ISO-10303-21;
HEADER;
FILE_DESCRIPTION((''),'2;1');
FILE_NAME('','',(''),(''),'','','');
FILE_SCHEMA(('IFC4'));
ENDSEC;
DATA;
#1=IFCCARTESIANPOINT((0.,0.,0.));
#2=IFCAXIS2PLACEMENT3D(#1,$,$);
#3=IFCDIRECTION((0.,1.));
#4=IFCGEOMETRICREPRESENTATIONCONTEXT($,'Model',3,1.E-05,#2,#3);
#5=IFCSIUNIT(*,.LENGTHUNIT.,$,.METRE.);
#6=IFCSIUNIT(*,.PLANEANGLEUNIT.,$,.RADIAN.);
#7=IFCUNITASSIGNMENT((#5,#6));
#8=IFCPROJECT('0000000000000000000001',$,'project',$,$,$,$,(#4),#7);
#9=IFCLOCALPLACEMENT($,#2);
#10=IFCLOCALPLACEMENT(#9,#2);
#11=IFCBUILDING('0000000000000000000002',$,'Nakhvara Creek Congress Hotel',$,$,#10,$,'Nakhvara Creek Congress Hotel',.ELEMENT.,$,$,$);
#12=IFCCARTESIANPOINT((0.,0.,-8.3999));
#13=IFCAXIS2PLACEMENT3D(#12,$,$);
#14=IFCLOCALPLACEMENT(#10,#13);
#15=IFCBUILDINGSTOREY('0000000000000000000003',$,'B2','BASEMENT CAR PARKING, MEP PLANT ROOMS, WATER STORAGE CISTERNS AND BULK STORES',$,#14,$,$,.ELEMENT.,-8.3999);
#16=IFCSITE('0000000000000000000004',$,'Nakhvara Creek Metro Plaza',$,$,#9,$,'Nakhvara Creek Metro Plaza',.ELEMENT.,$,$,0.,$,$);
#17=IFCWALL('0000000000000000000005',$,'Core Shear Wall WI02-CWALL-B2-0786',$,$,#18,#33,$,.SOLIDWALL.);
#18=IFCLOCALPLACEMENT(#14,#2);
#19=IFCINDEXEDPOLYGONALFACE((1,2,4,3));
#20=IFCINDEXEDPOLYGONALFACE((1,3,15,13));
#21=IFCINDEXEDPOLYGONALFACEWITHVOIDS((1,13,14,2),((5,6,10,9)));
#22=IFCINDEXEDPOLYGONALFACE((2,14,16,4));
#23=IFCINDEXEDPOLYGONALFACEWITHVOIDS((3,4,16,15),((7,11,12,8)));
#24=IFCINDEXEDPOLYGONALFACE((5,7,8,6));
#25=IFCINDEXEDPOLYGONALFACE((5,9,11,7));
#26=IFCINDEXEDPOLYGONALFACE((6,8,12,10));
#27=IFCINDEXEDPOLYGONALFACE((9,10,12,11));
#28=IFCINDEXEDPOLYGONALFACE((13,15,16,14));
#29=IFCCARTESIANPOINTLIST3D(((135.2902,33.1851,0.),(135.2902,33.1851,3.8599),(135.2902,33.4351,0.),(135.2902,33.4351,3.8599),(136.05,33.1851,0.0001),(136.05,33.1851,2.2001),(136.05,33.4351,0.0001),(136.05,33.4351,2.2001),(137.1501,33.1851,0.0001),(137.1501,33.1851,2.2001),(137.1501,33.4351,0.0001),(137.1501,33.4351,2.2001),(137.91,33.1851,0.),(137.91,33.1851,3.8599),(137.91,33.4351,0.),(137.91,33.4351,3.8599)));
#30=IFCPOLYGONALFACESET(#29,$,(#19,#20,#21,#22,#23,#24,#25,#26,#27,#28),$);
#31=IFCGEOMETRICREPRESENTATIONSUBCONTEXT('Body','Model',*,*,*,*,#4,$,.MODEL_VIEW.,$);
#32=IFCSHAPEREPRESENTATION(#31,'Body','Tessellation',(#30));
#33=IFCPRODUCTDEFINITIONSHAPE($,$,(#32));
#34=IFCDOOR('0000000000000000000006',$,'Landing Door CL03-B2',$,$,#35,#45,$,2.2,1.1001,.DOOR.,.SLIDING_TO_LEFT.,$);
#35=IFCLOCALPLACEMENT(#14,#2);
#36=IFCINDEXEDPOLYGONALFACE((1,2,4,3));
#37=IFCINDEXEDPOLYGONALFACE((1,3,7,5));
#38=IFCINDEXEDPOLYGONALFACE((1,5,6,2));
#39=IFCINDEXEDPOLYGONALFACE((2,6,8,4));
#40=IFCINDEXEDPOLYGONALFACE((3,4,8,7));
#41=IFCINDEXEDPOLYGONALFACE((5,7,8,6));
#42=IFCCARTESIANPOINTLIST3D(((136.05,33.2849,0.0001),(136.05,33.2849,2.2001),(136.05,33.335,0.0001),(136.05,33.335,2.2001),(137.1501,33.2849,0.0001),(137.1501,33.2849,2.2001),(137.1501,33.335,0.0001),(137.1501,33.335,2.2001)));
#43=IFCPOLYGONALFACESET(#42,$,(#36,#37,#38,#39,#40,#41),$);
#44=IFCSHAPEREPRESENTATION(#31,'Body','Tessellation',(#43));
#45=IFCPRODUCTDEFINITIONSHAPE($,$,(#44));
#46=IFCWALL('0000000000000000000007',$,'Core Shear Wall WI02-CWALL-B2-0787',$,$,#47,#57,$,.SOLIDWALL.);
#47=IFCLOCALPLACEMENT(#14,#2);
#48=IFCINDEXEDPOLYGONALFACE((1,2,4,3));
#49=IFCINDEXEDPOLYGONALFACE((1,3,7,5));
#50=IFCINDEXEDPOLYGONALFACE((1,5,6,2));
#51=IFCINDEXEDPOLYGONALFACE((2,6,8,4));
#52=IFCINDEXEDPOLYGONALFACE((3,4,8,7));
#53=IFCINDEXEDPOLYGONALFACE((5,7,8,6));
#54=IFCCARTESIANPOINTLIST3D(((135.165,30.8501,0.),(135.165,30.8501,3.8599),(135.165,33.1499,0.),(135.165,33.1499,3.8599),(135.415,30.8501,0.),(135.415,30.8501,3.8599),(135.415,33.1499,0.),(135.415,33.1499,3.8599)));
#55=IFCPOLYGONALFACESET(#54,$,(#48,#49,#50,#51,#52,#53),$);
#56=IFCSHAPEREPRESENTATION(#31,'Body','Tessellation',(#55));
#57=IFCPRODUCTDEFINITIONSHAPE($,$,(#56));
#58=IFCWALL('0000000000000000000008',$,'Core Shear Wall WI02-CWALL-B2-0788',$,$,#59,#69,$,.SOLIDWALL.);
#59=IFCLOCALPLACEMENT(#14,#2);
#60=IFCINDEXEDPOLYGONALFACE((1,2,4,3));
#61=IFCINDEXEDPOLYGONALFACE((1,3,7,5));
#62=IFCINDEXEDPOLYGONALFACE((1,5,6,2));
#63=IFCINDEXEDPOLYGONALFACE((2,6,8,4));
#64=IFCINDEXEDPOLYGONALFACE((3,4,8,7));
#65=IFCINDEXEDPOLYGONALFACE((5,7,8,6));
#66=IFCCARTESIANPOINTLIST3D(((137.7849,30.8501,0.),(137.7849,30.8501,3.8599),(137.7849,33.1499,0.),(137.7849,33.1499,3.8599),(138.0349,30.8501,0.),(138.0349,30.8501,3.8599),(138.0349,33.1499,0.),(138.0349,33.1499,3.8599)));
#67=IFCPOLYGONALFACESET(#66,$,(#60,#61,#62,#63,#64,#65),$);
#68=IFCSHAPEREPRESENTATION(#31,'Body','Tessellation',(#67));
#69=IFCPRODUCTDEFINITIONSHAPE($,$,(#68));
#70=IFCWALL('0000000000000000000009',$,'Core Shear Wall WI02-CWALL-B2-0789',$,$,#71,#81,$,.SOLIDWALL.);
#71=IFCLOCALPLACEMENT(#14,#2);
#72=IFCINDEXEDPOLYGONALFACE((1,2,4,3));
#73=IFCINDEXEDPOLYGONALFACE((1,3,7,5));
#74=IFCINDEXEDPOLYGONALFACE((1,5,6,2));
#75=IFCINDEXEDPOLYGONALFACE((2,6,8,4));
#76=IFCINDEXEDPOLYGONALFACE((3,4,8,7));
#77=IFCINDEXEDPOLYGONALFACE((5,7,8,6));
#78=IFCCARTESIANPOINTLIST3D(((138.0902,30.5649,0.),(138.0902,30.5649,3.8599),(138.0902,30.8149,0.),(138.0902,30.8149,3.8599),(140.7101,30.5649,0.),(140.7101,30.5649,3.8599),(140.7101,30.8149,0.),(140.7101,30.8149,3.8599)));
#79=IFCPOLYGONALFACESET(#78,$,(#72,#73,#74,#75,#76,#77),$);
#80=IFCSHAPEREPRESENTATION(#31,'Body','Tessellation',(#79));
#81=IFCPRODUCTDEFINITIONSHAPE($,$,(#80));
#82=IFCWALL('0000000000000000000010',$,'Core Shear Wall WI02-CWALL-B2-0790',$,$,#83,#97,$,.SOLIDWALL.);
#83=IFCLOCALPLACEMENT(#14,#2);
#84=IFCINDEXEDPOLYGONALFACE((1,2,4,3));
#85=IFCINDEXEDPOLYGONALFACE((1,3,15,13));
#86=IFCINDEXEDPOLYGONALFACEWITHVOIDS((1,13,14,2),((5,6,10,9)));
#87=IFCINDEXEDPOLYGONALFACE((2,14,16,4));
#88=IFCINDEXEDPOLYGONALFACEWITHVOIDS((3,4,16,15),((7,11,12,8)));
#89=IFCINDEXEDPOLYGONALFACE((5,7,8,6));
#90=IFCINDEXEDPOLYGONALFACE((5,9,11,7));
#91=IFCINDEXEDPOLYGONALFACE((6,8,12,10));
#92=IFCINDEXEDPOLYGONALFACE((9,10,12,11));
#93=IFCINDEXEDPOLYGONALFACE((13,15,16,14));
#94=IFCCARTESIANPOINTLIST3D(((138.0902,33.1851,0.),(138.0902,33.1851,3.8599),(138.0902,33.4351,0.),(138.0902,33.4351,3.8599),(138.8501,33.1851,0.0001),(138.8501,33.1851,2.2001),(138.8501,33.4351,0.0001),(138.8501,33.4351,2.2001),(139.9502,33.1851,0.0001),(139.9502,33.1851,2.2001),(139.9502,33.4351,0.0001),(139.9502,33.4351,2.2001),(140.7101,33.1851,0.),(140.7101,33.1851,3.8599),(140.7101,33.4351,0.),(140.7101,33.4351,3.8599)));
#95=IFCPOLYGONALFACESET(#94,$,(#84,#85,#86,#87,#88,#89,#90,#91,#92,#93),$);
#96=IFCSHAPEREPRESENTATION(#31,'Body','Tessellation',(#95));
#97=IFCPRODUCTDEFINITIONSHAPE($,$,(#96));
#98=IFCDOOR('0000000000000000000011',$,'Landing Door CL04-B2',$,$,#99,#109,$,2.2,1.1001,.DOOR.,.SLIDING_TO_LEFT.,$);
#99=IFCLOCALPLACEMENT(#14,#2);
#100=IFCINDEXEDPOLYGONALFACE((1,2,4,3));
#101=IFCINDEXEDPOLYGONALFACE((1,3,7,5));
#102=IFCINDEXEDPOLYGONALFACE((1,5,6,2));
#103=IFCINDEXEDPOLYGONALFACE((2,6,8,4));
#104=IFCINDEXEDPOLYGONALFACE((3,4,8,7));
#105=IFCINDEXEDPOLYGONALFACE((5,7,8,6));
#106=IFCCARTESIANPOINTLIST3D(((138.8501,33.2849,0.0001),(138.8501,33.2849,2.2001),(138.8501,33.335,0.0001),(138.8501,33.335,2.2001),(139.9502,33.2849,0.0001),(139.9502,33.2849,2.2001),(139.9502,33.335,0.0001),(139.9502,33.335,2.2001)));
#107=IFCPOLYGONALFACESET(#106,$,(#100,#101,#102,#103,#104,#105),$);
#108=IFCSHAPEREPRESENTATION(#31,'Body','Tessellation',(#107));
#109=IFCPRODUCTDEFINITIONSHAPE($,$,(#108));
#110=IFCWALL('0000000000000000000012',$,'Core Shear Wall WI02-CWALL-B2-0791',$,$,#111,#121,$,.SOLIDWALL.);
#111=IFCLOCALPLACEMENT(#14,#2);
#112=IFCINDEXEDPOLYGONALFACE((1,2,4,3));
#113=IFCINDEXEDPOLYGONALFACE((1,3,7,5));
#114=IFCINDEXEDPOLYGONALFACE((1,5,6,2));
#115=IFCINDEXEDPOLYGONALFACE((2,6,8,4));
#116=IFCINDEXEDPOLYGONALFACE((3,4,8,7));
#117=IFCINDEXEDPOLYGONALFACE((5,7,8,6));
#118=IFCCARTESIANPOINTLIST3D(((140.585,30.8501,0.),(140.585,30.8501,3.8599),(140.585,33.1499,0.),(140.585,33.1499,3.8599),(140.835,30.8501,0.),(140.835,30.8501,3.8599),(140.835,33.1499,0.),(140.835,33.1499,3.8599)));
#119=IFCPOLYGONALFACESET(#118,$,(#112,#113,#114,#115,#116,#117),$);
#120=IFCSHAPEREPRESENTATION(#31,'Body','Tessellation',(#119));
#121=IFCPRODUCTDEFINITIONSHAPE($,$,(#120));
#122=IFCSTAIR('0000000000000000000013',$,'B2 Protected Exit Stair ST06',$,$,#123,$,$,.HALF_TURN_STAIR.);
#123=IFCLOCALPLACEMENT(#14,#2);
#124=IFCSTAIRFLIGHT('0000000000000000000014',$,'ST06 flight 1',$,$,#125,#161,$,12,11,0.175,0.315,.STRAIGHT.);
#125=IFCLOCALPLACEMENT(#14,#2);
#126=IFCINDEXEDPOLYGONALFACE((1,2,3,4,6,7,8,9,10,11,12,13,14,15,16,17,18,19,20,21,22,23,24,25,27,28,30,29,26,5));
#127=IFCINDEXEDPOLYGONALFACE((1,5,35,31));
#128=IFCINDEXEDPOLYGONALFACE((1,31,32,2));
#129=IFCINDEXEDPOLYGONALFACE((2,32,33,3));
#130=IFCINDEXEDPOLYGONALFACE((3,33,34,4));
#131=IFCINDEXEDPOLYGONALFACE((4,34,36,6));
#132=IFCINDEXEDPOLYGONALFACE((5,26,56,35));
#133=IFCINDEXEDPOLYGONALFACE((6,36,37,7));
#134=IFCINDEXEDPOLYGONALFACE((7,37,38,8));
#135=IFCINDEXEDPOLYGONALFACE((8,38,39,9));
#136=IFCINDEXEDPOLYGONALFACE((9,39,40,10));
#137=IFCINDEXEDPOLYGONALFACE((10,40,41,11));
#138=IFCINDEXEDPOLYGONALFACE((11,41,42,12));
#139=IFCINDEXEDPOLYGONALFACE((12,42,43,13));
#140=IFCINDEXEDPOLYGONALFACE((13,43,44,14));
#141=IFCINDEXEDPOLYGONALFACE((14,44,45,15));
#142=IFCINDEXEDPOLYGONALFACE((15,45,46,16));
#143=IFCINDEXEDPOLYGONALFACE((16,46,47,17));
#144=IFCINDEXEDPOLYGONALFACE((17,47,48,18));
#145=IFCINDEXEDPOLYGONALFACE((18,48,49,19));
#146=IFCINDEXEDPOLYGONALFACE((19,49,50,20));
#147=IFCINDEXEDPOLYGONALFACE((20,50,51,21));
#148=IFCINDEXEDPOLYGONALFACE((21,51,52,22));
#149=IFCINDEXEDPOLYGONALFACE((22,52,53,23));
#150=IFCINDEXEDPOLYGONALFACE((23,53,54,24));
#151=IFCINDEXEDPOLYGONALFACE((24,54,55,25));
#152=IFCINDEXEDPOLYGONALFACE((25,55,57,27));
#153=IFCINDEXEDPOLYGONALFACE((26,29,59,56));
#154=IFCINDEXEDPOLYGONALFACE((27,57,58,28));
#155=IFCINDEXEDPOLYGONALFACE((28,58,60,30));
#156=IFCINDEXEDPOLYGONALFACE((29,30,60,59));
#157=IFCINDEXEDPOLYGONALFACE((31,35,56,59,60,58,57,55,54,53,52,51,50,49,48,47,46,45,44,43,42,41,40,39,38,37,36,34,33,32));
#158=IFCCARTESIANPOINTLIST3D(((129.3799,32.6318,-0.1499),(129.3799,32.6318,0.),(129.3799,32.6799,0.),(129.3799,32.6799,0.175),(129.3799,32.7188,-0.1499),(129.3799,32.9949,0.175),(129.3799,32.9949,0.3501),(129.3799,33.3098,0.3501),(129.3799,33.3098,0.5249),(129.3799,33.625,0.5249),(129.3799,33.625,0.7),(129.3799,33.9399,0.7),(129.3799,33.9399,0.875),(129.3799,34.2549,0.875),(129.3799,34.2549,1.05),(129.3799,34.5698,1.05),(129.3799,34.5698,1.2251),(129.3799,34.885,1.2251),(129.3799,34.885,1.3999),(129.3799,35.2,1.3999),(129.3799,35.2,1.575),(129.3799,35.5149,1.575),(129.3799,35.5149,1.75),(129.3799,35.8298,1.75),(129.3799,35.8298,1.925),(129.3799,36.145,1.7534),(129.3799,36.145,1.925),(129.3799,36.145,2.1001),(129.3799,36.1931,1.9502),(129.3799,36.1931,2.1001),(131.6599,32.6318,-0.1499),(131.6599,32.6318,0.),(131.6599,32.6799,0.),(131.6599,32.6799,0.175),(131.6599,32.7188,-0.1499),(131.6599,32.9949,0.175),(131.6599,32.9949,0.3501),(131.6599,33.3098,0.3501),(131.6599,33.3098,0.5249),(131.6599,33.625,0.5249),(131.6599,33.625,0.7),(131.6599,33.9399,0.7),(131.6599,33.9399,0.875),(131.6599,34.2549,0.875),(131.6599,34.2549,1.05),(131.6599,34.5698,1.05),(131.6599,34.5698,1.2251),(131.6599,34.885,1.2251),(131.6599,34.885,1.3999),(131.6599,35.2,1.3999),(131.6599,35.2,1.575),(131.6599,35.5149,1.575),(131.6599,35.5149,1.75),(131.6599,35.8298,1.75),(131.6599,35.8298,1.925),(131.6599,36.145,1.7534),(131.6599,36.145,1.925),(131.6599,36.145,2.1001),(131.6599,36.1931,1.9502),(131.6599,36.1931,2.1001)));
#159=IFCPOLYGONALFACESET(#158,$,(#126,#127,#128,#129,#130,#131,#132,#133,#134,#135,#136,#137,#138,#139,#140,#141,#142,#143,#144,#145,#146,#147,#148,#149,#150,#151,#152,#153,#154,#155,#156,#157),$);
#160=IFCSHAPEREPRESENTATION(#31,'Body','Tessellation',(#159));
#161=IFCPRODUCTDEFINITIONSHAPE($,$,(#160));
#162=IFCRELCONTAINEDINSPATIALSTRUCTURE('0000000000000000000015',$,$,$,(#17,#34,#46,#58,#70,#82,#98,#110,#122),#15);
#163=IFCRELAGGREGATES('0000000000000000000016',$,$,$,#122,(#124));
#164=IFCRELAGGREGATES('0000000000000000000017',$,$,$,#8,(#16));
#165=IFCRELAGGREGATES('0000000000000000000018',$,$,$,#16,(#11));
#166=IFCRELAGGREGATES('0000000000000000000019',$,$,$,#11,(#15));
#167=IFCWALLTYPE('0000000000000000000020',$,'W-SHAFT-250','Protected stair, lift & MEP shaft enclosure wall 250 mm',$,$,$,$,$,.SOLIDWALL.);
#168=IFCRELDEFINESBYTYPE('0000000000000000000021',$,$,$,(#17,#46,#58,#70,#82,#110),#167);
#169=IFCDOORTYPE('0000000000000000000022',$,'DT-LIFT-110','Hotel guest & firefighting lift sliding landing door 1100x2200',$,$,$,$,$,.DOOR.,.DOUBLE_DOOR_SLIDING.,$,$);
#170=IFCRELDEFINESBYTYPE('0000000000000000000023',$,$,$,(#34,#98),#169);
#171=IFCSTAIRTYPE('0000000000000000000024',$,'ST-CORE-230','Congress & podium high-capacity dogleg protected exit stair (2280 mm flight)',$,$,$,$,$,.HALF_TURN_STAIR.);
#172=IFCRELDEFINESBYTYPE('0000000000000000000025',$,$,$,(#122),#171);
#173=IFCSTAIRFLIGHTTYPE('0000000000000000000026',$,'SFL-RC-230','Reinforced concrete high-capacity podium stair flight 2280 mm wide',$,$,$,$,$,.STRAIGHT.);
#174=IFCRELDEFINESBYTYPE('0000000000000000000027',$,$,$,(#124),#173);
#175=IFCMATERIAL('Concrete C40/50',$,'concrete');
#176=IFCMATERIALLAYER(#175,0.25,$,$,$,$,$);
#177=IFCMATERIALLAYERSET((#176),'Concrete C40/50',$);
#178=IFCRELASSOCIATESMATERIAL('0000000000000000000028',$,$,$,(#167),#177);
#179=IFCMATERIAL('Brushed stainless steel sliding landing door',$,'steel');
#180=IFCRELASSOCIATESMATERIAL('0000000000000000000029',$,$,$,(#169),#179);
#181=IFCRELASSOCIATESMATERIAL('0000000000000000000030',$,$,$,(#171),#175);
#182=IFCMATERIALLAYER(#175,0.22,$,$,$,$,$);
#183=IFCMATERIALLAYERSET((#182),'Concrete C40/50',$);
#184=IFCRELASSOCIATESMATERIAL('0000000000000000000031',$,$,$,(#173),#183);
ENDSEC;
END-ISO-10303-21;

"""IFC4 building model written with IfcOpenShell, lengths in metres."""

from ifc_helpers import new_model, si_unit, direction, frame, frame_2d, origin, place, context, subcontext, project, spatial, polyline, rectangle, outline, extrude, material, layer, layer_set, type_object, element, fill, aggregate, save


model = new_model("IFC4")

# Units and contexts
model_context = context("Model", 3, precision=1e-05, world=origin(), true_north=direction((0.0, 1.0)))
body_context = subcontext(model_context, "Body", "Model", "MODEL_VIEW")
ifc_project = project(units=[si_unit("LENGTHUNIT", "METRE"), si_unit("PLANEANGLEUNIT", "RADIAN")], contexts=[model_context])

# Site, building, storey
site_placement = place(None, origin())
site = spatial("IfcSite", under=ifc_project, at=site_placement, Name="Nakhvara Creek Metro Plaza", LongName="Nakhvara Creek Metro Plaza", CompositionType="ELEMENT", RefElevation=0.0)
building_placement = place(site_placement, origin())
building = spatial("IfcBuilding", under=site, at=building_placement, Name="Nakhvara Creek Congress Hotel", LongName="Nakhvara Creek Congress Hotel", CompositionType="ELEMENT")
storey_placement = place(building_placement, frame((0.0, 0.0, -8.3999)))
storey = spatial("IfcBuildingStorey", under=building, at=storey_placement, Name="B2", Description="BASEMENT CAR PARKING, MEP PLANT ROOMS, WATER STORAGE CISTERNS AND BULK STORES", CompositionType="ELEMENT", Elevation=-8.3999)

# Shared definitions
ifc_material_1 = material(Name="Concrete C40/50", Category="concrete")

# Shared definitions
ifc_layer_1 = layer(ifc_material_1, 0.25)
ifc_layer_set_1 = layer_set([ifc_layer_1], Name="Concrete C40/50")
wall_type_1 = type_object("IfcWallType", Name="W-SHAFT-250", Description="Protected stair, lift & MEP shaft enclosure wall 250 mm", PredefinedType="SOLIDWALL", material=ifc_layer_set_1)

# Wall, opening, door
wall_1_placement = place(storey_placement, frame((135.29, 33.3101, 0.0), z_axis=(0.0, 0.0, 1.0), x_axis=(1.0, 0.0, 0.0)))
wall_1 = element("IfcWall", 1, at=wall_1_placement, inside=storey, type_object=wall_type_1, Name="Core Shear Wall WI02-CWALL-B2-0786", PredefinedType="SOLIDWALL", context=body_context, shape_type="SweptSolid", body=[
    extrude(rectangle(XDim=2.6199, YDim=0.25, at=frame_2d((1.3101, 0.0))), origin(), (0.0, 0.0, 1.0), 3.8599),
])
opening_1_placement = place(wall_1_placement, frame((0.76, 0.0, 0.0)))
opening_1 = element("IfcOpeningElement", 2, at=opening_1_placement, cuts=wall_1, PredefinedType="OPENING", context=body_context, shape_type="SweptSolid", body=[
    extrude(rectangle(XDim=1.1001, YDim=2.2, at=frame_2d((0.55, 1.1001))), frame((0.0, 0.137, 0.0), z_axis=(0.0, -1.0, 0.0), x_axis=(1.0, 0.0, 0.0)), (0.0, 0.0, 1.0), 0.2739),
])
ifc_material_2 = material(Name="Brushed stainless steel sliding landing door", Category="steel")
door_type = type_object("IfcDoorType", Name="DT-LIFT-110", Description="Hotel guest & firefighting lift sliding landing door 1100x2200", OperationType="DOUBLE_DOOR_SLIDING", PredefinedType="DOOR", material=ifc_material_2)
door_1_placement = place(opening_1_placement, origin())
door_1 = element("IfcDoor", 3, at=door_1_placement, inside=storey, type_object=door_type, Name="Landing Door CL03-B2", OperationType="SLIDING_TO_LEFT", OverallHeight=2.2, OverallWidth=1.1001, PredefinedType="DOOR", context=body_context, shape_type="SweptSolid", body=[
    extrude(rectangle(XDim=1.1001, YDim=2.2, at=frame_2d((0.55, 1.1001))), frame((0.0, 0.0249, 0.0), z_axis=(0.0, -1.0, 0.0), x_axis=(1.0, 0.0, 0.0)), (0.0, 0.0, 1.0), 0.05),
])
fill(opening_1, door_1)

# Walls
for number, where, z_axis, x_axis, name in (
    (4, (135.29, 30.8501, 0.0), (0.0, 0.0, 1.0), (0.0, 1.0, 0.0), "Core Shear Wall WI02-CWALL-B2-0787"),
    (5, (137.9099, 30.8501, 0.0), (0.0, 0.0, 1.0), (0.0, 1.0, 0.0), "Core Shear Wall WI02-CWALL-B2-0788"),
):
    element("IfcWall", number, at=place(storey_placement, frame(where, z_axis=z_axis, x_axis=x_axis)), inside=storey, type_object=wall_type_1, Name=name, PredefinedType="SOLIDWALL", context=body_context, shape_type="SweptSolid", body=[
        extrude(rectangle(XDim=2.2998, YDim=0.25, at=frame_2d((1.1499, 0.0))), origin(), (0.0, 0.0, 1.0), 3.8599),
    ])
wall_2_placement = place(storey_placement, frame((138.0901, 30.6899, 0.0), z_axis=(0.0, 0.0, 1.0), x_axis=(1.0, 0.0, 0.0)))
element("IfcWall", 6, at=wall_2_placement, inside=storey, type_object=wall_type_1, Name="Core Shear Wall WI02-CWALL-B2-0789", PredefinedType="SOLIDWALL", context=body_context, shape_type="SweptSolid", body=[
    extrude(rectangle(XDim=2.6199, YDim=0.25, at=frame_2d((1.3101, 0.0))), origin(), (0.0, 0.0, 1.0), 3.8599),
])

# Wall, opening, door
wall_3_placement = place(storey_placement, frame((138.0901, 33.3101, 0.0), z_axis=(0.0, 0.0, 1.0), x_axis=(1.0, 0.0, 0.0)))
wall_3 = element("IfcWall", 7, at=wall_3_placement, inside=storey, type_object=wall_type_1, Name="Core Shear Wall WI02-CWALL-B2-0790", PredefinedType="SOLIDWALL", context=body_context, shape_type="SweptSolid", body=[
    extrude(rectangle(XDim=2.6199, YDim=0.25, at=frame_2d((1.3101, 0.0))), origin(), (0.0, 0.0, 1.0), 3.8599),
])
opening_2_placement = place(wall_3_placement, frame((0.76, 0.0, 0.0)))
opening_2 = element("IfcOpeningElement", 8, at=opening_2_placement, cuts=wall_3, PredefinedType="OPENING", context=body_context, shape_type="SweptSolid", body=[
    extrude(rectangle(XDim=1.1001, YDim=2.2, at=frame_2d((0.55, 1.1001))), frame((0.0, 0.137, 0.0), z_axis=(0.0, -1.0, 0.0), x_axis=(1.0, 0.0, 0.0)), (0.0, 0.0, 1.0), 0.2739),
])
door_2_placement = place(opening_2_placement, origin())
door_2 = element("IfcDoor", 9, at=door_2_placement, inside=storey, type_object=door_type, Name="Landing Door CL04-B2", OperationType="SLIDING_TO_LEFT", OverallHeight=2.2, OverallWidth=1.1001, PredefinedType="DOOR", context=body_context, shape_type="SweptSolid", body=[
    extrude(rectangle(XDim=1.1001, YDim=2.2, at=frame_2d((0.55, 1.1001))), frame((0.0, 0.0249, 0.0), z_axis=(0.0, -1.0, 0.0), x_axis=(1.0, 0.0, 0.0)), (0.0, 0.0, 1.0), 0.05),
])
fill(opening_2, door_2)

# Wall
wall_4_placement = place(storey_placement, frame((140.71, 30.8501, 0.0), z_axis=(0.0, 0.0, 1.0), x_axis=(0.0, 1.0, 0.0)))
element("IfcWall", 10, at=wall_4_placement, inside=storey, type_object=wall_type_1, Name="Core Shear Wall WI02-CWALL-B2-0791", PredefinedType="SOLIDWALL", context=body_context, shape_type="SweptSolid", body=[
    extrude(rectangle(XDim=2.2998, YDim=0.25, at=frame_2d((1.1499, 0.0))), origin(), (0.0, 0.0, 1.0), 3.8599),
])

# Stair, stair flight
stair_type = type_object("IfcStairType", Name="ST-CORE-230", Description="Congress & podium high-capacity dogleg protected exit stair (2280 mm flight)", PredefinedType="HALF_TURN_STAIR", material=ifc_material_1)
stair_placement = place(storey_placement, origin())
stair = element("IfcStair", 11, at=stair_placement, inside=storey, type_object=stair_type, Name="B2 Protected Exit Stair ST06", PredefinedType="HALF_TURN_STAIR")
ifc_layer_2 = layer(ifc_material_1, 0.22)
ifc_layer_set_2 = layer_set([ifc_layer_2], Name="Concrete C40/50")
stair_flight_type = type_object("IfcStairFlightType", Name="SFL-RC-230", Description="Reinforced concrete high-capacity podium stair flight 2280 mm wide", PredefinedType="STRAIGHT", material=ifc_layer_set_2)
stair_flight_placement = place(storey_placement, frame((130.52, 32.6799, 0.0), z_axis=(0.0, 0.0, 1.0), x_axis=(0.0, 1.0, 0.0)))
stair_flight = element("IfcStairFlight", 12, at=stair_flight_placement, type_object=stair_flight_type, Name="ST06 flight 1", NumberOfRisers=12, NumberOfTreads=11, PredefinedType="STRAIGHT", RiserHeight=0.175, TreadLength=0.315, context=body_context, shape_type="SweptSolid", body=[
    extrude(outline(polyline([(-0.0481, 0.0), (0.0, 0.0), (0.0, 0.175), (0.3149, 0.175), (0.3149, 0.3501), (0.6299, 0.3501), (0.6299, 0.5249), (0.9451, 0.5249), (0.9451, 0.7), (1.26, 0.7), (1.26, 0.875), (1.575, 0.875), (1.575, 1.05), (1.8899, 1.05), (1.8899, 1.2251), (2.2051, 1.2251), (2.2051, 1.3999), (2.52, 1.3999), (2.52, 1.575), (2.835, 1.575), (2.835, 1.75), (3.1499, 1.75), (3.1499, 1.925), (3.4651, 1.925), (3.4651, 2.1001), (3.5132, 2.1001), (3.5132, 1.9502), (3.4651, 1.7534), (0.0388, -0.1499), (-0.0481, -0.1499), (-0.0481, 0.0)])), frame((0.0, 1.1401, 0.0), z_axis=(0.0, -1.0, 0.0), x_axis=(1.0, 0.0, 0.0)), (0.0, 0.0, 1.0), 2.28),
])
aggregate(stair, [stair_flight])

save(model, "model.ifc")
